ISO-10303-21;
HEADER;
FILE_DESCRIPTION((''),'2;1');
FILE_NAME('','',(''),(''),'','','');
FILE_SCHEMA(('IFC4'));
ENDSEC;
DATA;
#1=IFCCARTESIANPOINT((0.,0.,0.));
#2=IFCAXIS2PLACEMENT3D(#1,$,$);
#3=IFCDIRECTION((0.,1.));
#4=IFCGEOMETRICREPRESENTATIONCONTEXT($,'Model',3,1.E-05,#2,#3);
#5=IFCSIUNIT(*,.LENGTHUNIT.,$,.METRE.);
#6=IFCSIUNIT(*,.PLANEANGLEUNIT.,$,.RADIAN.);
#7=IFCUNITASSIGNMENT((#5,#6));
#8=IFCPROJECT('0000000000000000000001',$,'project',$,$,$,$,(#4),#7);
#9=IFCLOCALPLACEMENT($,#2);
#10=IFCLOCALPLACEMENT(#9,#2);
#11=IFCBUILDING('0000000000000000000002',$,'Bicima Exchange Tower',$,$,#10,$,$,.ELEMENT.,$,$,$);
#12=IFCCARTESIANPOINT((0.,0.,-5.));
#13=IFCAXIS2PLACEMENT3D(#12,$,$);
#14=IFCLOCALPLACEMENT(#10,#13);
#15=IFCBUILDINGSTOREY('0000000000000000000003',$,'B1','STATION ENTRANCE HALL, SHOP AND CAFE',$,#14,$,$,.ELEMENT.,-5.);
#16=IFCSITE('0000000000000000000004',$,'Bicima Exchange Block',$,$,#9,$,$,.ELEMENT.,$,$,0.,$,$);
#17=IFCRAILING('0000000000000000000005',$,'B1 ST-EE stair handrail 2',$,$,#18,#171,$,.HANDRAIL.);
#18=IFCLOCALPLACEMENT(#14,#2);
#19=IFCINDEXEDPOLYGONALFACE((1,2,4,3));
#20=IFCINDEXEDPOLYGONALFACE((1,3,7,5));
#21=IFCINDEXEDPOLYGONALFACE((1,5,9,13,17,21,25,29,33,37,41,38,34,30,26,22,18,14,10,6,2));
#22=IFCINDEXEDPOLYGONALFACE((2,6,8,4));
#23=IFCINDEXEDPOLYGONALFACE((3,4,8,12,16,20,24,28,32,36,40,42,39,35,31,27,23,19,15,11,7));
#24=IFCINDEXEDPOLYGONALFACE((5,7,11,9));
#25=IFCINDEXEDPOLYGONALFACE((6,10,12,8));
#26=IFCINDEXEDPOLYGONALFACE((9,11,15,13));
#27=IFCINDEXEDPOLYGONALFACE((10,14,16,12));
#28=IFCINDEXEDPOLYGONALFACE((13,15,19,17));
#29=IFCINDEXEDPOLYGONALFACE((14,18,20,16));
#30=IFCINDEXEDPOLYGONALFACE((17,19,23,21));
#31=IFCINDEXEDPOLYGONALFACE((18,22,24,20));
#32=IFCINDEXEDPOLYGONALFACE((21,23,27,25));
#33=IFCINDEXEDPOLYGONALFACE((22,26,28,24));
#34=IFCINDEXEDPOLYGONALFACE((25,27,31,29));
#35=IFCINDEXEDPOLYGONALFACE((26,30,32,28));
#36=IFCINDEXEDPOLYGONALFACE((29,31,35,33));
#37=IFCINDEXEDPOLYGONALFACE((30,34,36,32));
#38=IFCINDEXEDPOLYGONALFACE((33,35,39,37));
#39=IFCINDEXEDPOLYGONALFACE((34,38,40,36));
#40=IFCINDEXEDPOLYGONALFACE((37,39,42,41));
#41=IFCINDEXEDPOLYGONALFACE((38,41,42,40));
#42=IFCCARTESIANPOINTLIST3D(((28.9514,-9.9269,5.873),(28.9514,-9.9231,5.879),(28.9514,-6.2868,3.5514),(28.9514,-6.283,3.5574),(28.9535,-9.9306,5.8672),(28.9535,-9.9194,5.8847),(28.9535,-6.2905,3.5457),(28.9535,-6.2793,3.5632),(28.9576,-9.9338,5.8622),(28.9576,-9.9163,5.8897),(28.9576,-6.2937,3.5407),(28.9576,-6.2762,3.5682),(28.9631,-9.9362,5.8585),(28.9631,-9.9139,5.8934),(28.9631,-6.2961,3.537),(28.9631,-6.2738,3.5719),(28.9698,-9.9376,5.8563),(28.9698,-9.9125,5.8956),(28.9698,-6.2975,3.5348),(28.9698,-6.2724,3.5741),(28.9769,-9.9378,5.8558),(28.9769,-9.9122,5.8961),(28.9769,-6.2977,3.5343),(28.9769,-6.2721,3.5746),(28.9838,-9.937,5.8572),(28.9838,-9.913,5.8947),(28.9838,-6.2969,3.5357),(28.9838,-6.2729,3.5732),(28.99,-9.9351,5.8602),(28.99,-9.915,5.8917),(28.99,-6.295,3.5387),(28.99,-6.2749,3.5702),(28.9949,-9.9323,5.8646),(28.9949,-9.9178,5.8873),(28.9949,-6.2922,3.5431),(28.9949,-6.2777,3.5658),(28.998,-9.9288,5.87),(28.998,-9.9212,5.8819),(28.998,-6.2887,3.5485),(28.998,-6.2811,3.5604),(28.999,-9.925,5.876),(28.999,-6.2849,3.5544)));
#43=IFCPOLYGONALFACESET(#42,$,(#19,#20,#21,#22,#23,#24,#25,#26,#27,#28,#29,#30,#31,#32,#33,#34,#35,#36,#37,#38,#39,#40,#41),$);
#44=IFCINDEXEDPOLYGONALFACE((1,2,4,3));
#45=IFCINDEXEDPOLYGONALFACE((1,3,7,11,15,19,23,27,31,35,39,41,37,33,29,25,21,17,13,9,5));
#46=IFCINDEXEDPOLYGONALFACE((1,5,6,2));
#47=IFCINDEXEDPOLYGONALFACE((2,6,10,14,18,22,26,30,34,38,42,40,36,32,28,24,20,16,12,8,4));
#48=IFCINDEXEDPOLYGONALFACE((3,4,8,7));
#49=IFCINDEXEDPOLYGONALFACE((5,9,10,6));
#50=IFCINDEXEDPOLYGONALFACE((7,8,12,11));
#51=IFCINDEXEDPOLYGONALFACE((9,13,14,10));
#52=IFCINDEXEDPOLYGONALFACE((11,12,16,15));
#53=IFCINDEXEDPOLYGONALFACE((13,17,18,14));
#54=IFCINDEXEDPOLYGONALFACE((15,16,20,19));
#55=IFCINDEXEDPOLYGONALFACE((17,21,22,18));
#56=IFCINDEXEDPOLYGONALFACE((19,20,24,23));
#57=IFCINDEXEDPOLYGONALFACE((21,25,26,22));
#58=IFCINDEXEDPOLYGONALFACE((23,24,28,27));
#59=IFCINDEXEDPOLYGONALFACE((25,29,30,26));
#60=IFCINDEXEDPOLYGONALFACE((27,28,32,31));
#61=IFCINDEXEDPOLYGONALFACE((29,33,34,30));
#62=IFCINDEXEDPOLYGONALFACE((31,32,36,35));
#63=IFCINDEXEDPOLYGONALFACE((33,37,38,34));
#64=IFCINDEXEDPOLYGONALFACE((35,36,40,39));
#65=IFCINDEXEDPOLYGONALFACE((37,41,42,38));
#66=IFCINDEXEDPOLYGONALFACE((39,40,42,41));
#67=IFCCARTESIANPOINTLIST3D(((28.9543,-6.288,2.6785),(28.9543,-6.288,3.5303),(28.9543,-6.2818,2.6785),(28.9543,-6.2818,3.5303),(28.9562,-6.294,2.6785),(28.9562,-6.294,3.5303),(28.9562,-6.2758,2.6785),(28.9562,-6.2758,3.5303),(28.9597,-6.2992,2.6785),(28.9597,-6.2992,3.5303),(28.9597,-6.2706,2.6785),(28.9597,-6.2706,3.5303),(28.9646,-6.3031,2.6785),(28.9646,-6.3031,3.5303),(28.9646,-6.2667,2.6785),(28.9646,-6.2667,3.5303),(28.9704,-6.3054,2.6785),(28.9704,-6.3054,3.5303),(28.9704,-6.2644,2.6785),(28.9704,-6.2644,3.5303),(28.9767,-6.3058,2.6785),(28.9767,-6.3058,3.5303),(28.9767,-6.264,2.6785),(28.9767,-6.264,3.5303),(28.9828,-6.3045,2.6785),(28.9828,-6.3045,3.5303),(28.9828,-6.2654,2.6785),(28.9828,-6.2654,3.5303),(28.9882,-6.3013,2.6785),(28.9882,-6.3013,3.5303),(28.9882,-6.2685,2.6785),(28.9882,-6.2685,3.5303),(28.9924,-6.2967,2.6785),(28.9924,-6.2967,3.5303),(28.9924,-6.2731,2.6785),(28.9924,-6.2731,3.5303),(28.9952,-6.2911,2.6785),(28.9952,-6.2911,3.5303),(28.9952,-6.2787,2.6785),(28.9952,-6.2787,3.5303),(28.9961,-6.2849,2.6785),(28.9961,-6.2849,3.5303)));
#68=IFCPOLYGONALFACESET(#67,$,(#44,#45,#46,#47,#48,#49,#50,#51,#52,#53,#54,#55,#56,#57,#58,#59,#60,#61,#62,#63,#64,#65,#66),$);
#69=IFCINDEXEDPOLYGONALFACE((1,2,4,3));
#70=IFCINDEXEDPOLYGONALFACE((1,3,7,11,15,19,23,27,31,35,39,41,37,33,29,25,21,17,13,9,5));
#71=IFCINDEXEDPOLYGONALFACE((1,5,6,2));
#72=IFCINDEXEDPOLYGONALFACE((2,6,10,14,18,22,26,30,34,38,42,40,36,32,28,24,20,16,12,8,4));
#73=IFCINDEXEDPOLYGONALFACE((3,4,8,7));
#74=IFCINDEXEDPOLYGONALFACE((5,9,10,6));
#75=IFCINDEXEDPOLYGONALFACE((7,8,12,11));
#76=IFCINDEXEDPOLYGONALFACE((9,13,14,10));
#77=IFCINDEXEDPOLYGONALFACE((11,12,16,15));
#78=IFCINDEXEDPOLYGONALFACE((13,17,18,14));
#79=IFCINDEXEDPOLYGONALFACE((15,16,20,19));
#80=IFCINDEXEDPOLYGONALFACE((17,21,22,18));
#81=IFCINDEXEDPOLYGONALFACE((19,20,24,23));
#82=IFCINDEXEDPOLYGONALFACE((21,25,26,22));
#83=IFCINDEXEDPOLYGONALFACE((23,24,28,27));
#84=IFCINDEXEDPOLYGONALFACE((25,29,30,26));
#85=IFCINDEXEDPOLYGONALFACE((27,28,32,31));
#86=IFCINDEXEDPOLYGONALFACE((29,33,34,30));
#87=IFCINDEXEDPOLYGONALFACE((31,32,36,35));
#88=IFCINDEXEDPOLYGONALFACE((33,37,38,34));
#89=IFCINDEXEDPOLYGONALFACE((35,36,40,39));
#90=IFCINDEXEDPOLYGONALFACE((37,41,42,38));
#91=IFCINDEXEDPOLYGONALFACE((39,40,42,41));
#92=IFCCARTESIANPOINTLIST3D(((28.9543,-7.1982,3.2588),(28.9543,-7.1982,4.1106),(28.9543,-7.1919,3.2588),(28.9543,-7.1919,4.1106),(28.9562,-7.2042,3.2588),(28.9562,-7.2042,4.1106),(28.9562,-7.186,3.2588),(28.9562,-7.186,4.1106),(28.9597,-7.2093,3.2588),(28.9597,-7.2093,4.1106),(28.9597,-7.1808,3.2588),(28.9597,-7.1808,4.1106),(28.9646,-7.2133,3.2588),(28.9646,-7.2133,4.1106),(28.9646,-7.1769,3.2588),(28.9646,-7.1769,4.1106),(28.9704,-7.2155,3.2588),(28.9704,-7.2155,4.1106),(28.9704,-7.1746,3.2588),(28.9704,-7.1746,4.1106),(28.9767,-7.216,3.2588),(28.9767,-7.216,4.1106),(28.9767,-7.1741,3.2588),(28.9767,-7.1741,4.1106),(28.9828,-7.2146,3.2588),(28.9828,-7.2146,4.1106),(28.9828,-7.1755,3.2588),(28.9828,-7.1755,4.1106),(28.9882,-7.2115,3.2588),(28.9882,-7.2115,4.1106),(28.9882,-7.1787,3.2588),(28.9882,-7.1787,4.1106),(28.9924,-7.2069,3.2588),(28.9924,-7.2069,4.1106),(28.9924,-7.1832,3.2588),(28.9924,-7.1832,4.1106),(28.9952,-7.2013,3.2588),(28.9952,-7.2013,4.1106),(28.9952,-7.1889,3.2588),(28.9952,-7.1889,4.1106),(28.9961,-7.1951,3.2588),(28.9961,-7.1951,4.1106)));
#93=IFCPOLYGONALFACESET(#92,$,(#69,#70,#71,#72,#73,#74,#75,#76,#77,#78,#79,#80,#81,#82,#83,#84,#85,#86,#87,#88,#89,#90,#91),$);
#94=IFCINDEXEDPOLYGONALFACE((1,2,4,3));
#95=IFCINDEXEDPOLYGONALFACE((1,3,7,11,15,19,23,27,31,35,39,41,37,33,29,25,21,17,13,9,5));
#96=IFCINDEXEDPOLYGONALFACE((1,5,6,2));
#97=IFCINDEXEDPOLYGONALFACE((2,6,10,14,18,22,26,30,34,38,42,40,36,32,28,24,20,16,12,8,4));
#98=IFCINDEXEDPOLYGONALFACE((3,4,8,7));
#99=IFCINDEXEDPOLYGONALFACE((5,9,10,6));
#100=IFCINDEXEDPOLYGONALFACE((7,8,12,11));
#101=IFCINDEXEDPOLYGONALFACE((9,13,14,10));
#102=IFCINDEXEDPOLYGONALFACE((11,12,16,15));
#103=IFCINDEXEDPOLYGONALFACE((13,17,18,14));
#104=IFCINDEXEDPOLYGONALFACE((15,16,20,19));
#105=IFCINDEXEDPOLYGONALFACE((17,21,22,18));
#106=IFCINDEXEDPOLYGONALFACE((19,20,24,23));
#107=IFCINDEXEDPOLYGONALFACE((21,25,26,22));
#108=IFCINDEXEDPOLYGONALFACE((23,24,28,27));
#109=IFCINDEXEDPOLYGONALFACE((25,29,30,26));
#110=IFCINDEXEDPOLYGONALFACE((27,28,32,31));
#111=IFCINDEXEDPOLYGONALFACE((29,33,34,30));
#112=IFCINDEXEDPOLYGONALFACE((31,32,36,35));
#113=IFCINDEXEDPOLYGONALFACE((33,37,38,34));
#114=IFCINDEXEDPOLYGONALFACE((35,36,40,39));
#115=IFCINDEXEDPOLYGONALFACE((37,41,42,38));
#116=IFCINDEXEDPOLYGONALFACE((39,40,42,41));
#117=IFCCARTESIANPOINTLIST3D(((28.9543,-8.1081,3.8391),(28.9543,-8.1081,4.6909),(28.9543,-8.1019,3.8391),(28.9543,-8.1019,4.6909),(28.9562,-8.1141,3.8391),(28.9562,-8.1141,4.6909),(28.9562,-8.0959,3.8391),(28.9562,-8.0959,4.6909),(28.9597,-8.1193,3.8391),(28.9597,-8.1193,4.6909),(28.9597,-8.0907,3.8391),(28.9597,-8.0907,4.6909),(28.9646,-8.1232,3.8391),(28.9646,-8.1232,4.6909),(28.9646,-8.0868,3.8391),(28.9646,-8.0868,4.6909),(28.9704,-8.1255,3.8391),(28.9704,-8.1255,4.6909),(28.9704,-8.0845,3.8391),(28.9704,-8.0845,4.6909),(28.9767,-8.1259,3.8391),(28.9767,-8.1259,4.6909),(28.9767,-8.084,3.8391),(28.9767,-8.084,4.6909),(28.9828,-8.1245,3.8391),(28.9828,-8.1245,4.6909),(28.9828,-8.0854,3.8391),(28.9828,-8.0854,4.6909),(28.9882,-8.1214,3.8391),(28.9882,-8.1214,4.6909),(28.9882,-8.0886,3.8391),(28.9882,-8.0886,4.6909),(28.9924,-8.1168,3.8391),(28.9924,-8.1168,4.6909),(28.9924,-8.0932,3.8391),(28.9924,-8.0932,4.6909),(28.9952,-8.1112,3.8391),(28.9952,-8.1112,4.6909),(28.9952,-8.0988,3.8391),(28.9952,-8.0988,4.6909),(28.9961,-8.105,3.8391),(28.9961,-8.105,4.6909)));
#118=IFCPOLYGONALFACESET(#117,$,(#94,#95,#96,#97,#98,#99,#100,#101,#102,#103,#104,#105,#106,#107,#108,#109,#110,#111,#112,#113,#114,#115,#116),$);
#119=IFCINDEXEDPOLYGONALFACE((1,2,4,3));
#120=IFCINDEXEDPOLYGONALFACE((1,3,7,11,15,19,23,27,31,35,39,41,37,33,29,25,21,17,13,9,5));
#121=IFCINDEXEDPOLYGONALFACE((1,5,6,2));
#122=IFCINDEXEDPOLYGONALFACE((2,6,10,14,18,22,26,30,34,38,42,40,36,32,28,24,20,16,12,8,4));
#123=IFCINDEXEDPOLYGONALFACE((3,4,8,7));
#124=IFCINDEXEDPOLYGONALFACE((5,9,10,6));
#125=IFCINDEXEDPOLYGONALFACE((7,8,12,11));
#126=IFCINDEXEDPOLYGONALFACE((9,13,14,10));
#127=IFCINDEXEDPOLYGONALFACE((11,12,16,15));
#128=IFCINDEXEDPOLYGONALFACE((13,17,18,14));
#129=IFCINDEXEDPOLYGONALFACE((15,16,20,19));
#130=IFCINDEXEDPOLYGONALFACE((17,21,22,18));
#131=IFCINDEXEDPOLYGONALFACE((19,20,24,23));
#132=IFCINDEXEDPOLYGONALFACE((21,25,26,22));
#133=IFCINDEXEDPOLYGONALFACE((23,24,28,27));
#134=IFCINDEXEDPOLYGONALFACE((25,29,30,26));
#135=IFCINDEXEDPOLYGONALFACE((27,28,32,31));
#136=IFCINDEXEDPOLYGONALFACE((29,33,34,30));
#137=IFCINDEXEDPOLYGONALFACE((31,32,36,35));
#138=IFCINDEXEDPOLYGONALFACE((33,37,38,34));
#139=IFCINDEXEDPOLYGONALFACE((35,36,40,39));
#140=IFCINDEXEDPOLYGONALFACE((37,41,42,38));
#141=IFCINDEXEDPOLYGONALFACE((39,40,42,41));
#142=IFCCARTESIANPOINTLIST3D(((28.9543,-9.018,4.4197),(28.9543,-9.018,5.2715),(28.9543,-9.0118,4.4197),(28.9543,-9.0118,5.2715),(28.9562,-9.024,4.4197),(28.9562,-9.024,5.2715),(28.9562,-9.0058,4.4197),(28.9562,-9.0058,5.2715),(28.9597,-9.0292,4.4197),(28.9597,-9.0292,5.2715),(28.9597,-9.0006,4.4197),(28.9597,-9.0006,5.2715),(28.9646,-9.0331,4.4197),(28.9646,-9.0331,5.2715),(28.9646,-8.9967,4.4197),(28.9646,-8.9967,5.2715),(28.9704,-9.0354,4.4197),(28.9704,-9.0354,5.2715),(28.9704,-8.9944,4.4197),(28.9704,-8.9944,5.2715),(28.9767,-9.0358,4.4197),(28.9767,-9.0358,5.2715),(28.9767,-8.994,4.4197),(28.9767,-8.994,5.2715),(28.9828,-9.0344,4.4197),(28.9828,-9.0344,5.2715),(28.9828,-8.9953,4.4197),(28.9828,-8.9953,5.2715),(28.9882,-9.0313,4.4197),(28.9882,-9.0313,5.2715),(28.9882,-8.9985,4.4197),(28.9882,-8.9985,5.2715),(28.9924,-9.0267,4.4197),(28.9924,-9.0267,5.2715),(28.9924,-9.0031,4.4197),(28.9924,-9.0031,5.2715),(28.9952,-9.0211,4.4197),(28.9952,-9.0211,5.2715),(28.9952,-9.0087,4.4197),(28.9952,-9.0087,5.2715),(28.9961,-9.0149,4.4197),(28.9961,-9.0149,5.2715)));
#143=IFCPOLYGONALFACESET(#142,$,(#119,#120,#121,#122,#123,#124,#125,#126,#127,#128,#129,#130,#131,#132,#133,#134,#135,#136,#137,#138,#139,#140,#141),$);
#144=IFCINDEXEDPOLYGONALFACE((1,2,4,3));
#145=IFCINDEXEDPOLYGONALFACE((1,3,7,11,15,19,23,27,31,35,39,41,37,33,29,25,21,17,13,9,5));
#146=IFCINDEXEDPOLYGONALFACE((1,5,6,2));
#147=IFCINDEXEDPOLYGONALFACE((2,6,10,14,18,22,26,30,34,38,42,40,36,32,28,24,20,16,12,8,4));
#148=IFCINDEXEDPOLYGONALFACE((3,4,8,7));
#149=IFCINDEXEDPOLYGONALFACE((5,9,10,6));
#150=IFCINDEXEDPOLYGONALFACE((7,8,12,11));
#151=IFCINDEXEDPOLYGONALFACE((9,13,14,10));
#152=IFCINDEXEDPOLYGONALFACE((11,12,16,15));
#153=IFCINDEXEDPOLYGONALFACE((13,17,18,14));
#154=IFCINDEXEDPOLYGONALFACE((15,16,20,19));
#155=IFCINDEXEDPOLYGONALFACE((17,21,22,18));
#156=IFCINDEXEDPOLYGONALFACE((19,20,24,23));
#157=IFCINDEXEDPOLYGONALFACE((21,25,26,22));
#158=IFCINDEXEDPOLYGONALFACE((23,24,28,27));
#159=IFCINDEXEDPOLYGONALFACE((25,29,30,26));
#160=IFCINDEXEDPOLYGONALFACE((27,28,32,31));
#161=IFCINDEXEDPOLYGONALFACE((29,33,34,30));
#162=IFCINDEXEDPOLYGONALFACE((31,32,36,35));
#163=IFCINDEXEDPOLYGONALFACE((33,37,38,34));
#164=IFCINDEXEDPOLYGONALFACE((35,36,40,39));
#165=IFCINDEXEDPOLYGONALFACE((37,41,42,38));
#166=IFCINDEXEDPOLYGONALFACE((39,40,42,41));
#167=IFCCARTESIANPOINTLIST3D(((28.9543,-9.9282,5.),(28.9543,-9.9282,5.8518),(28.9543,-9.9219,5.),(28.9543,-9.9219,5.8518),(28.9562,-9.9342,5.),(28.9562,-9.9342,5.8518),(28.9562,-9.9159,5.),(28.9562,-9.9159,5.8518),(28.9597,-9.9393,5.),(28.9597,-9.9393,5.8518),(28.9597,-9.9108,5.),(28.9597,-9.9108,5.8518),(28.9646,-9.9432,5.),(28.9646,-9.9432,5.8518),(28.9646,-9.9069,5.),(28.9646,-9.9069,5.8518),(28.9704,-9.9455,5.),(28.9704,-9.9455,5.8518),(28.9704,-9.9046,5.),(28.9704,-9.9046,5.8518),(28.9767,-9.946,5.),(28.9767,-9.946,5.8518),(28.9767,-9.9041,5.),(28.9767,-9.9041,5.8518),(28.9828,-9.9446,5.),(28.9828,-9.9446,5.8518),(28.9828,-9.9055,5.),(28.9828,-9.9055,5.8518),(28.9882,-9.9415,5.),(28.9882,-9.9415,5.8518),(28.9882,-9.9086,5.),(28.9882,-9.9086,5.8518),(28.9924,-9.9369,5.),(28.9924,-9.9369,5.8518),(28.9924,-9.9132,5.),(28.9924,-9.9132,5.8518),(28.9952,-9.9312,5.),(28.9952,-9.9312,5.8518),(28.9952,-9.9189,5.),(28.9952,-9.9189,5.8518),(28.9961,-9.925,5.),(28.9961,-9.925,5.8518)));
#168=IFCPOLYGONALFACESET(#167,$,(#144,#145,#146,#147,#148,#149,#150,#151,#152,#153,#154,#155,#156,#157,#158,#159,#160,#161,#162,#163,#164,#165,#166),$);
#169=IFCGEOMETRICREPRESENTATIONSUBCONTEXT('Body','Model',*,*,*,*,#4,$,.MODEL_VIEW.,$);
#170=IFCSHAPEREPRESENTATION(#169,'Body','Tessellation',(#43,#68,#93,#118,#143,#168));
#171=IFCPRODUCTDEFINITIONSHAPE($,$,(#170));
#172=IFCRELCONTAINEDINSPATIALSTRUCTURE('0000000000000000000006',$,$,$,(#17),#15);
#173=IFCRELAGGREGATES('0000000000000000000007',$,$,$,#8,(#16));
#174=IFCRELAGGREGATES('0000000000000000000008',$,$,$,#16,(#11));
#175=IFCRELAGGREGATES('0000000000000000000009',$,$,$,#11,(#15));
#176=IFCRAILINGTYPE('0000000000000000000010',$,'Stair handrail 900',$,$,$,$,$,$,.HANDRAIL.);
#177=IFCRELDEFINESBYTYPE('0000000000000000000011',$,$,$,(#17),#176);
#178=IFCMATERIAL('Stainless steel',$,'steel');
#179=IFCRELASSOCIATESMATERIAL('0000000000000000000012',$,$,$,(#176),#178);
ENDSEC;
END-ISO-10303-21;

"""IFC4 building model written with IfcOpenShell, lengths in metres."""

from ifc_helpers import new_model, si_unit, direction, frame, origin, origin_2d, place, context, subcontext, project, spatial, circle, extrude, material, type_object, element, save


model = new_model("IFC4")

# Units and contexts
model_context = context("Model", 3, precision=1e-05, world=origin(), true_north=direction((0.0, 1.0)))
body_context = subcontext(model_context, "Body", "Model", "MODEL_VIEW")
ifc_project = project(units=[si_unit("LENGTHUNIT", "METRE"), si_unit("PLANEANGLEUNIT", "RADIAN")], contexts=[model_context])

# Site, building, storey
site_placement = place(None, origin())
site = spatial("IfcSite", under=ifc_project, at=site_placement, Name="Bicima Exchange Block", CompositionType="ELEMENT", RefElevation=0.0)
building_placement = place(site_placement, origin())
building = spatial("IfcBuilding", under=site, at=building_placement, Name="Bicima Exchange Tower", CompositionType="ELEMENT")
storey_placement = place(building_placement, frame((0.0, 0.0, -5.0)))
storey = spatial("IfcBuildingStorey", under=building, at=storey_placement, Name="B1", Description="STATION ENTRANCE HALL, SHOP AND CAFE", CompositionType="ELEMENT", Elevation=-5.0)

# Railing
ifc_material_1 = material(Name="Stainless steel", Category="steel")
railing_type = type_object("IfcRailingType", Name="Stair handrail 900", PredefinedType="HANDRAIL", material=ifc_material_1)
railing_1_placement = place(storey_placement, frame((28.9751, -6.2849, 2.6785)))
element("IfcRailing", 1, at=railing_1_placement, inside=storey, type_object=railing_type, Name="B1 ST-EE stair handrail 2", PredefinedType="HANDRAIL", context=body_context, shape_type="SweptSolid", body=[
    extrude(circle(Radius=0.0239, at=origin_2d()), frame((0.0, 0.0, 0.876), z_axis=(0.0, -0.843128, 0.537713), x_axis=(1.0, 0.0, 0.0)), (0.0, 0.0, 1.0), 4.3174),
    extrude(circle(Radius=0.021, at=origin_2d()), origin(), (0.0, 0.0, 1.0), 0.8518),
    extrude(circle(Radius=0.021, at=origin_2d()), frame((0.0, -0.9102, 0.5803)), (0.0, 0.0, 1.0), 0.8518),
    extrude(circle(Radius=0.021, at=origin_2d()), frame((0.0, -1.8201, 1.1606)), (0.0, 0.0, 1.0), 0.8518),
    extrude(circle(Radius=0.021, at=origin_2d()), frame((0.0, -2.73, 1.7412)), (0.0, 0.0, 1.0), 0.8518),
    extrude(circle(Radius=0.021, at=origin_2d()), frame((0.0, -3.6401, 2.3215)), (0.0, 0.0, 1.0), 0.8518),
])

save(model, "model.ifc")
